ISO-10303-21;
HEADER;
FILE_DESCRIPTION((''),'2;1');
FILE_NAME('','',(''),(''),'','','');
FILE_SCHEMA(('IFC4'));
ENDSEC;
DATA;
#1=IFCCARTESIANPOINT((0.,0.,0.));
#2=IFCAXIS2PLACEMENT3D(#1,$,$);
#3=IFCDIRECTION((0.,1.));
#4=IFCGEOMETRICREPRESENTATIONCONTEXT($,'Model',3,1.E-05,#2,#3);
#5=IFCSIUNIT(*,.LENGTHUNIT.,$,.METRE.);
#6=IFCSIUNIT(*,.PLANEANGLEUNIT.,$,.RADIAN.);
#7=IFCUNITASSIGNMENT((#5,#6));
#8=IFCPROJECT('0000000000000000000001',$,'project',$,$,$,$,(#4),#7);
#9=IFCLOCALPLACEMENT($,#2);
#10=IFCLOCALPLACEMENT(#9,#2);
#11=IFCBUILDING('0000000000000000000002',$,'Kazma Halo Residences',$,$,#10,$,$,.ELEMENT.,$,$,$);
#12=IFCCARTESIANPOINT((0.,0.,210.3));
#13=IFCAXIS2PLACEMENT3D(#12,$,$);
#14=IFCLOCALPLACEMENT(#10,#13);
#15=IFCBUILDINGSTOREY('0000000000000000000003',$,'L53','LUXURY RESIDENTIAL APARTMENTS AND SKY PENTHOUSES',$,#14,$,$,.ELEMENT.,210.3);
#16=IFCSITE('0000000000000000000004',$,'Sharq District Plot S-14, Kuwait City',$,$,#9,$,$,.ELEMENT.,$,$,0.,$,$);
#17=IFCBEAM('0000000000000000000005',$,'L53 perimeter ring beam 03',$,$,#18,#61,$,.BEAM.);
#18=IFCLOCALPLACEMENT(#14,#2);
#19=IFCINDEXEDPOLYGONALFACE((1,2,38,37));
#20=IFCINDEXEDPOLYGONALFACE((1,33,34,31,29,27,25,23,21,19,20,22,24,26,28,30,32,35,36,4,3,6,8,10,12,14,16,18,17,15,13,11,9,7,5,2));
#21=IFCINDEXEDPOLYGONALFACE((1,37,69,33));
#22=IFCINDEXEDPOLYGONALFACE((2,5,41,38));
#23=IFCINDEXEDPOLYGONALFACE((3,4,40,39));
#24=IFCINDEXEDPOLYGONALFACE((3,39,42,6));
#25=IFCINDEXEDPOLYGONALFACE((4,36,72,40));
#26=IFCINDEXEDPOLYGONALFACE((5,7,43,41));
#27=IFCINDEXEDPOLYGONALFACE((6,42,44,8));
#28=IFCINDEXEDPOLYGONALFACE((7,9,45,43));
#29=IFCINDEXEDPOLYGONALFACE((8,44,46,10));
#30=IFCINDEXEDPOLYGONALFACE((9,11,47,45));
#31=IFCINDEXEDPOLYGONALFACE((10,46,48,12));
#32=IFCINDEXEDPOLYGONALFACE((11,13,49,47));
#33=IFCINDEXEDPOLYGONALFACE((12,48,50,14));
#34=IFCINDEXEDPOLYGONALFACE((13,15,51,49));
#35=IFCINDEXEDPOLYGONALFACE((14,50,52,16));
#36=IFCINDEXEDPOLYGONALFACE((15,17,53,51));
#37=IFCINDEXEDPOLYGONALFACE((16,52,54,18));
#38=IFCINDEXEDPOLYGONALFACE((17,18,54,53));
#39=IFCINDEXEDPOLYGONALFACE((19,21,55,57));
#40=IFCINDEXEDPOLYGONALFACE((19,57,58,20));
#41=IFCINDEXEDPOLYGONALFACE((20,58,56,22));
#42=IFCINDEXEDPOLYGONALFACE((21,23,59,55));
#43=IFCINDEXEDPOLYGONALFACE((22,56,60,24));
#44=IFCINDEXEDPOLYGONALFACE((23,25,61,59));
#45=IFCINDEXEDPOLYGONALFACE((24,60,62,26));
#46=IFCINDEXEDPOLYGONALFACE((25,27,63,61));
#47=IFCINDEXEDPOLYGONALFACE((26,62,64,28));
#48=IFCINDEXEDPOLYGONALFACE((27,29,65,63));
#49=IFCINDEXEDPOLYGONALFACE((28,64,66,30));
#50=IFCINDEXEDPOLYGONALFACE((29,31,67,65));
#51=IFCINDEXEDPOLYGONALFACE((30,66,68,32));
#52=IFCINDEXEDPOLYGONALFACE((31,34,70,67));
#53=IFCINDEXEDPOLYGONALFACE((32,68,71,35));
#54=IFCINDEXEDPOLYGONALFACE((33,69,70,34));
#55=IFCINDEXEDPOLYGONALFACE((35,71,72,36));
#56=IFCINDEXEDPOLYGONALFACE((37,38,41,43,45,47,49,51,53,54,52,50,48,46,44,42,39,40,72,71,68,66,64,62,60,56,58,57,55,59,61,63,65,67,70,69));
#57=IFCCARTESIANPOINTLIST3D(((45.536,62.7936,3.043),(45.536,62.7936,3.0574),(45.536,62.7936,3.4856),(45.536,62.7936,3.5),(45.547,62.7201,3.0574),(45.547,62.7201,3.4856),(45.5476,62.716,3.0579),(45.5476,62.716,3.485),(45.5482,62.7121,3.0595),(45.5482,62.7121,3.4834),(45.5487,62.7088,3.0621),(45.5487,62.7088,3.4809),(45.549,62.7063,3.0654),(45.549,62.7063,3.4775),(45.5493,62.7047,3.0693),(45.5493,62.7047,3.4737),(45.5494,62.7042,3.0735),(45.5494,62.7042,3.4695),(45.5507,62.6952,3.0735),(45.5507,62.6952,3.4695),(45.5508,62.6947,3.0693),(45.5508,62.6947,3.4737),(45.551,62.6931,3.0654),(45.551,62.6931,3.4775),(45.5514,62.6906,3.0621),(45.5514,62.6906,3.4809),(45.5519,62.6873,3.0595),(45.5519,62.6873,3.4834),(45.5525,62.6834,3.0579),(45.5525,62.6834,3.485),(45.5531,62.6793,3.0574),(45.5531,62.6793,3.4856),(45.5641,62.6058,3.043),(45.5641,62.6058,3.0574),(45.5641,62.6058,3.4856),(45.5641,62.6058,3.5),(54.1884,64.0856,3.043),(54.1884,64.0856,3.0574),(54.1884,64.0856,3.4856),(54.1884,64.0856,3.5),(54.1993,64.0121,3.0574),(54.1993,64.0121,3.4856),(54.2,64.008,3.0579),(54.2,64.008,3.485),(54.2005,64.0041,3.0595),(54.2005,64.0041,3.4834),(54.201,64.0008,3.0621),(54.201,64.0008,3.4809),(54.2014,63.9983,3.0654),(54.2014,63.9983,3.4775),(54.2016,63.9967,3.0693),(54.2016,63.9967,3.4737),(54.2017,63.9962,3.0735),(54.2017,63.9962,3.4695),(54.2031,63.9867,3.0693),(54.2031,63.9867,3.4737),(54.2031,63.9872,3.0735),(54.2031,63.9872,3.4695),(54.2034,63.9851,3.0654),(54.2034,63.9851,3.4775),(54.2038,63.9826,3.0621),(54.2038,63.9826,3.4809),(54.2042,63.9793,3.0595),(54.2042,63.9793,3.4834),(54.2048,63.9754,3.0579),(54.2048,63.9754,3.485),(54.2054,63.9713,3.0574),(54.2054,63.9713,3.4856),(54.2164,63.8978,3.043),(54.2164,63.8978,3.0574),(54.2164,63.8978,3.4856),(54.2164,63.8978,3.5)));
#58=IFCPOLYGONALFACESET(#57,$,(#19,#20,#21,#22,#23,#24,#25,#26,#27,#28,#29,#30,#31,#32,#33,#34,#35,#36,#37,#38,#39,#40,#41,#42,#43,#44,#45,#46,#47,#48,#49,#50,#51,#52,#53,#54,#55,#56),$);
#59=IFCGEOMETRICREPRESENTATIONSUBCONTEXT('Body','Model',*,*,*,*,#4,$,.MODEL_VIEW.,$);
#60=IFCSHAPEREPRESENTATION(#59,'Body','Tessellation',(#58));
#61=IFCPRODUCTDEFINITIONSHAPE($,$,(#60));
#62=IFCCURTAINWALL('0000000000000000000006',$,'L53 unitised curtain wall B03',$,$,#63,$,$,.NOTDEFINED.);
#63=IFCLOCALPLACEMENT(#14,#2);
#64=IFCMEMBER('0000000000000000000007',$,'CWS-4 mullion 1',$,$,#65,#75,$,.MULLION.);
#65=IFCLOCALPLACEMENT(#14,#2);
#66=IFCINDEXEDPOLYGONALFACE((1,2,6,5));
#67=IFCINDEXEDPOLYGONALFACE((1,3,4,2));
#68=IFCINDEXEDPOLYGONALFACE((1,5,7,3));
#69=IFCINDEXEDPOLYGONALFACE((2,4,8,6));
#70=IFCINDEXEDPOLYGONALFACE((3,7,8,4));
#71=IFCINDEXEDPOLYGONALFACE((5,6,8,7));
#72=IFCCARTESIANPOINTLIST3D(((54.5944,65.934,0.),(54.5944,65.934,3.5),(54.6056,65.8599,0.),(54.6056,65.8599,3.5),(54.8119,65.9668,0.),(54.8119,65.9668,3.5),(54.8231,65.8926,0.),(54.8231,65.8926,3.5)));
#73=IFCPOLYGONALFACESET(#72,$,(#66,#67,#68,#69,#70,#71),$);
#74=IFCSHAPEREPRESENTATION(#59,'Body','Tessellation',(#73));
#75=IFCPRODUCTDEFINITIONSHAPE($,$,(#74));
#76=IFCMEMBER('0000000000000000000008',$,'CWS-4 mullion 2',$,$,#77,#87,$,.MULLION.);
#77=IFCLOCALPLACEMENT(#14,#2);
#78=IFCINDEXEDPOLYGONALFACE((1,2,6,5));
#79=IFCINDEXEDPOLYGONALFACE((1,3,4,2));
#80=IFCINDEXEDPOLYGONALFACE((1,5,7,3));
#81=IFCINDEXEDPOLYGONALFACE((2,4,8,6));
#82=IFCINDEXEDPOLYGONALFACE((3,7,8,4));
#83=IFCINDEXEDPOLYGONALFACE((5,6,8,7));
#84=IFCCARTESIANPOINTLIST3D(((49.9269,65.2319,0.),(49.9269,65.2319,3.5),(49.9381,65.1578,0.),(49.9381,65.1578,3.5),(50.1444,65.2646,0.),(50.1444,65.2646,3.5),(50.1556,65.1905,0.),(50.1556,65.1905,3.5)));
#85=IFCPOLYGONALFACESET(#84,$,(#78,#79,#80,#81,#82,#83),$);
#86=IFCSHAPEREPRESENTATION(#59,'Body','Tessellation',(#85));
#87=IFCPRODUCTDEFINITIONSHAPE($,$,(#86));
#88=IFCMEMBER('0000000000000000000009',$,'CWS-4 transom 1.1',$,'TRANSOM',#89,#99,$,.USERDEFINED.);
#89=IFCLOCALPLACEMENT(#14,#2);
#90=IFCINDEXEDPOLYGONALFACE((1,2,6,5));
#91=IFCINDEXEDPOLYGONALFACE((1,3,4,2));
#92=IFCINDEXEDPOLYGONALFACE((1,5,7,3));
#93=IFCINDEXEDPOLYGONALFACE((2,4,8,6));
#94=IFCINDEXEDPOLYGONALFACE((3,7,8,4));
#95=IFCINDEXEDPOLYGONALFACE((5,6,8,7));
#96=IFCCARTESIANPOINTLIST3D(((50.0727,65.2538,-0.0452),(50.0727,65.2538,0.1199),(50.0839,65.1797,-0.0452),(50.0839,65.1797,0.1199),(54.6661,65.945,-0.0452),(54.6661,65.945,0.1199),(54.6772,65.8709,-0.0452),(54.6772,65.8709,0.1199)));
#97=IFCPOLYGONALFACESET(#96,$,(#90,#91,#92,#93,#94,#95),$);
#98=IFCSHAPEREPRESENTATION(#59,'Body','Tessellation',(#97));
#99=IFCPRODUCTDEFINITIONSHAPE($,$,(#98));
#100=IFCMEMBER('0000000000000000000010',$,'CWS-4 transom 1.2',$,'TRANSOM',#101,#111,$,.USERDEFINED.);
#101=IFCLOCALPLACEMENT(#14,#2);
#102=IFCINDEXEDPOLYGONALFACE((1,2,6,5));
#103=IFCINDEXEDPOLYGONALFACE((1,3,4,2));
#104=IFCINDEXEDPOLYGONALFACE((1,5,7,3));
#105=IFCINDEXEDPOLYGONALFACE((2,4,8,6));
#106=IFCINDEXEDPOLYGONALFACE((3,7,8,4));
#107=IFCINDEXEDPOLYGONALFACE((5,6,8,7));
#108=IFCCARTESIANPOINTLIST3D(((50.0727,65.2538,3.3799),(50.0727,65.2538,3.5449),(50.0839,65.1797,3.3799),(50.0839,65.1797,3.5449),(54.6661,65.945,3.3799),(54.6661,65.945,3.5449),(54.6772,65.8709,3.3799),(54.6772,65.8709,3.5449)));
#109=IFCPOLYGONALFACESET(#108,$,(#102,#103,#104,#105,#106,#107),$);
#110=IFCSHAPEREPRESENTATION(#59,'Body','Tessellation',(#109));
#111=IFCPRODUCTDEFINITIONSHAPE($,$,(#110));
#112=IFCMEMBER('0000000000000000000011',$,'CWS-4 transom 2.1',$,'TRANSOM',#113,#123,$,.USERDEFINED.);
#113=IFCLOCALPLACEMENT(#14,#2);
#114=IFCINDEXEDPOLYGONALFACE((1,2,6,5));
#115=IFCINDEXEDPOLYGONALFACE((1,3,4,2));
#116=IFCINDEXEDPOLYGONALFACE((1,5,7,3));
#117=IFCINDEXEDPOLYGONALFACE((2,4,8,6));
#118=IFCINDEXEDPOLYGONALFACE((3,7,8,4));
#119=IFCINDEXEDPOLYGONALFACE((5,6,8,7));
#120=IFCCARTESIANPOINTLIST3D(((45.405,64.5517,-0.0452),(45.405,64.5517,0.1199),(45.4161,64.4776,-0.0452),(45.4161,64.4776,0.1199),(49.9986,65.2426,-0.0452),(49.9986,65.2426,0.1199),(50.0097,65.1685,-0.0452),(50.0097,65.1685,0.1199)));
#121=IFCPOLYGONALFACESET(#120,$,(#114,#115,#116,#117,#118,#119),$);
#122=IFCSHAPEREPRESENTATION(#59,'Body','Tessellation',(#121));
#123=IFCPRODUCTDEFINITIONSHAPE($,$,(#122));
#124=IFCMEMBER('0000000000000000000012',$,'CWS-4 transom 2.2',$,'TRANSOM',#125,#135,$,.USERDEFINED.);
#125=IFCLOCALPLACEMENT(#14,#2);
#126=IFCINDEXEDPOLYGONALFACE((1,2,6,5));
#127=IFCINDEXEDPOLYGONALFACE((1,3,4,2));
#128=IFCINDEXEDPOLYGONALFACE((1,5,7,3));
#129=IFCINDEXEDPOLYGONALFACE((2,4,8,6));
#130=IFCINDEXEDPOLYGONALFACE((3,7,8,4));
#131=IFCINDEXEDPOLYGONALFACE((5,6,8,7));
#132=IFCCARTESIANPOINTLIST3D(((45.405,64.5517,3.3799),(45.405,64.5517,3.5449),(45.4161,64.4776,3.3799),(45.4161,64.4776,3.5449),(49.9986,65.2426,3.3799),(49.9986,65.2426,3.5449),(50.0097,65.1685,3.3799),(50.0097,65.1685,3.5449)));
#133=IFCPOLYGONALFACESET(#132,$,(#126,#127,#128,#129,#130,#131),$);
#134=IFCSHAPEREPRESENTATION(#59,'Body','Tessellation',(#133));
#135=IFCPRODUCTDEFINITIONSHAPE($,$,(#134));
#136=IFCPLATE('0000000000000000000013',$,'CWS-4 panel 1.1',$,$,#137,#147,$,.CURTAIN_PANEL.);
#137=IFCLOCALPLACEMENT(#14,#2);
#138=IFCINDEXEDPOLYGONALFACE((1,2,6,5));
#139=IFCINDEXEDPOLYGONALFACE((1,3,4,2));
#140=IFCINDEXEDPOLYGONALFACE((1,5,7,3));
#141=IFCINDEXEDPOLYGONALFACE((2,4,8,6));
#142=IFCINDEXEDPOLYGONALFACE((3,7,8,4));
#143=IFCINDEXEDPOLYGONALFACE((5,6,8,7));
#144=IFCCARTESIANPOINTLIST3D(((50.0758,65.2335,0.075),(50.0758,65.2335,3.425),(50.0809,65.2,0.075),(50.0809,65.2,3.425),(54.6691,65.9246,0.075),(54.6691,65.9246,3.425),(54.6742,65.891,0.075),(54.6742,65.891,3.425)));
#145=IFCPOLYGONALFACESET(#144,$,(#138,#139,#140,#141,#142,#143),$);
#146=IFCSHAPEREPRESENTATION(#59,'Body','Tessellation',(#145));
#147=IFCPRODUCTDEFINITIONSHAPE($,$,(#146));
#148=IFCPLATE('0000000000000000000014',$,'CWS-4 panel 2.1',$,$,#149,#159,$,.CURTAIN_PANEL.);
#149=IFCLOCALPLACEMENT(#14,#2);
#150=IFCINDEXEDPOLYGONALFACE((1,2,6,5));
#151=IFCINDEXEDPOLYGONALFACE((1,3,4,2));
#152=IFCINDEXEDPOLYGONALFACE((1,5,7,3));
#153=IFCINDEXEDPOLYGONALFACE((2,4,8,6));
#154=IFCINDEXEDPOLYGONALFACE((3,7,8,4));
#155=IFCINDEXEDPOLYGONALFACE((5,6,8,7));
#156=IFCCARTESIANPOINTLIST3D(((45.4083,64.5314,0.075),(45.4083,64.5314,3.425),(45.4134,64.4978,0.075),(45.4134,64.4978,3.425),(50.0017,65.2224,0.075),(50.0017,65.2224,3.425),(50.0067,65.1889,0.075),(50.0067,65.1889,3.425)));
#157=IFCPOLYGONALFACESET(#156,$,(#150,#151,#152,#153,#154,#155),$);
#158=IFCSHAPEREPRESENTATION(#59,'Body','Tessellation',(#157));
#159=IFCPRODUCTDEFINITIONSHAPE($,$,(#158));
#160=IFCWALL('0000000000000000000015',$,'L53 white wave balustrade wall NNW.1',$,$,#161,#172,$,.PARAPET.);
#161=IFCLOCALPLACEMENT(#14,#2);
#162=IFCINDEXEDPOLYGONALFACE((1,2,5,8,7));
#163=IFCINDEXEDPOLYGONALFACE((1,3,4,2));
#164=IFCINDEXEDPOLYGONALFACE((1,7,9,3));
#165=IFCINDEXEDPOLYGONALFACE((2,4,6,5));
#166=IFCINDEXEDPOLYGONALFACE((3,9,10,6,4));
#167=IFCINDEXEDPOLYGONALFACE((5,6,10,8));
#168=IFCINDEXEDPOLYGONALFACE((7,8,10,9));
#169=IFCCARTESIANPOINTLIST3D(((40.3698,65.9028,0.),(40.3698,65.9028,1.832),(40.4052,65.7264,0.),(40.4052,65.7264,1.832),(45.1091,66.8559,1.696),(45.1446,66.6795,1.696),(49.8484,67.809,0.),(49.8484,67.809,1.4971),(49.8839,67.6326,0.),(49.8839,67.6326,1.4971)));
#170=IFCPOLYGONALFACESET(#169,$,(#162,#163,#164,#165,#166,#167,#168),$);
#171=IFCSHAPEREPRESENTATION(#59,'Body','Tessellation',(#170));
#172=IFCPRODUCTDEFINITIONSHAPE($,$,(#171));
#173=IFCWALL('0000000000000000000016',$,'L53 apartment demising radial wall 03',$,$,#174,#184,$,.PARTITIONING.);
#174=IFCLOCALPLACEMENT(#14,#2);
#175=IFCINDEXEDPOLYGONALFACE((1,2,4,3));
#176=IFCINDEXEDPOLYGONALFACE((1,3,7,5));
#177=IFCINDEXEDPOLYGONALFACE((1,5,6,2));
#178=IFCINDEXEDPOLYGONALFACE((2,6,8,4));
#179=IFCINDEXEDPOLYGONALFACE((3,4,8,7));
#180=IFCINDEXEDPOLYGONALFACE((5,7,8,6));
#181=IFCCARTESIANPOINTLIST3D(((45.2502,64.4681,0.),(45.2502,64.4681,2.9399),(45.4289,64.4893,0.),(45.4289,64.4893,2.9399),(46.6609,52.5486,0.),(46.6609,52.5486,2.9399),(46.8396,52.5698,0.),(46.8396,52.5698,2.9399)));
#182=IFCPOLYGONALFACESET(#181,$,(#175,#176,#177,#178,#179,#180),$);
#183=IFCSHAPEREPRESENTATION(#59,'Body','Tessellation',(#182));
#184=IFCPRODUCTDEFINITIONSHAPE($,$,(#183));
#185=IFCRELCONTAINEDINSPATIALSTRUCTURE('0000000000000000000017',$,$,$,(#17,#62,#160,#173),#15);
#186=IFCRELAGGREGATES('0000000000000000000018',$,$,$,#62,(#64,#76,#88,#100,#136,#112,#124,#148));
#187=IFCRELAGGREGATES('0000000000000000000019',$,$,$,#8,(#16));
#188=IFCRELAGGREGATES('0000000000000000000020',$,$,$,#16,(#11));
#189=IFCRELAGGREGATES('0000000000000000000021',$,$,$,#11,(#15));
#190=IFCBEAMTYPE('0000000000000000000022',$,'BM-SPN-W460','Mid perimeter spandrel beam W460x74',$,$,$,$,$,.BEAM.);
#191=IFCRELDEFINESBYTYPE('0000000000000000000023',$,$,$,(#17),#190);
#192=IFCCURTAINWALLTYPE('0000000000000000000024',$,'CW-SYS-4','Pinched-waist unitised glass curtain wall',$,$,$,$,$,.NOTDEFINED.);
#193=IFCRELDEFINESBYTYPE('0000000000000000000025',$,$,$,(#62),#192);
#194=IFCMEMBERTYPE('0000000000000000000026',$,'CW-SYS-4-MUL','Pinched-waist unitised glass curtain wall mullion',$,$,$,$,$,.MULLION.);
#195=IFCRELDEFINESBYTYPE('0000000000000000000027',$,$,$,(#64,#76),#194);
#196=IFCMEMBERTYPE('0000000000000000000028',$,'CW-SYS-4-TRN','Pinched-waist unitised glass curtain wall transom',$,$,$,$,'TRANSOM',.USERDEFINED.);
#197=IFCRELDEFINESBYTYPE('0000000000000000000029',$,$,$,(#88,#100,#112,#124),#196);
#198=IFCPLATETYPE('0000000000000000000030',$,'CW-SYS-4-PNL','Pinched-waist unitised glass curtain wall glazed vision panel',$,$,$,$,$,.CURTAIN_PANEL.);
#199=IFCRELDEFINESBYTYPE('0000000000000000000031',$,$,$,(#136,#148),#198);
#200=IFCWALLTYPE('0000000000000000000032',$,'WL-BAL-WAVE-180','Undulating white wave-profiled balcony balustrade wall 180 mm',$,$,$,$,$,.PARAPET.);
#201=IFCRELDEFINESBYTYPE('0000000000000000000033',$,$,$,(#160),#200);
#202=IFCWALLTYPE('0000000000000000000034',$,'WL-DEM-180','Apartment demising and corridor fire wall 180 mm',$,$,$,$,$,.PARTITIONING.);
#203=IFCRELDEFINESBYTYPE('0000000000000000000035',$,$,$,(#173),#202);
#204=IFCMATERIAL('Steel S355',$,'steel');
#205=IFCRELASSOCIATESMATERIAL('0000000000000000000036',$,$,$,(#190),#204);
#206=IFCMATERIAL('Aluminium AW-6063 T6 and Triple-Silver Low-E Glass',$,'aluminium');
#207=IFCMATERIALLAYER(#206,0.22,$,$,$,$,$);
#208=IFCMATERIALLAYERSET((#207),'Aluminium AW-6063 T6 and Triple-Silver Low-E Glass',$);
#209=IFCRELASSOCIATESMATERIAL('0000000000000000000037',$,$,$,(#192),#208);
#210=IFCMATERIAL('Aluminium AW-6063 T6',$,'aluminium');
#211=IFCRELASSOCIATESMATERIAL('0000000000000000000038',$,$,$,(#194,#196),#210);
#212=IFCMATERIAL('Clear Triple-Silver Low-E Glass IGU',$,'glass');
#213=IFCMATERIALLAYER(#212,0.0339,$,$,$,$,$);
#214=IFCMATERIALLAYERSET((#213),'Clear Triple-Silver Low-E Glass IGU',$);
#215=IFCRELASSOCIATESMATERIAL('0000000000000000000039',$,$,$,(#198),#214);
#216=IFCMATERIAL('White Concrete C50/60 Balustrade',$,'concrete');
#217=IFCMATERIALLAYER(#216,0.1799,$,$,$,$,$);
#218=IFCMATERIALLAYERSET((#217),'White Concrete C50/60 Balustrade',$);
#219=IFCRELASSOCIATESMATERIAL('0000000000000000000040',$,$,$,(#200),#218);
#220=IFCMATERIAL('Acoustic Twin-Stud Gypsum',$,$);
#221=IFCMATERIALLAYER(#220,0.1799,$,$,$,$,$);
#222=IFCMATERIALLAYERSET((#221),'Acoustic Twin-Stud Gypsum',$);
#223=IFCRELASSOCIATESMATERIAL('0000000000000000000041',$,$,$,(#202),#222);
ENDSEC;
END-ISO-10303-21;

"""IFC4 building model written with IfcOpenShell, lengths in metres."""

from ifc_helpers import new_model, si_unit, direction, frame, frame_2d, origin, origin_2d, place, context, subcontext, project, spatial, polyline, rectangle, i_section, outline, extrude, material, layer, layer_set, material_profile, profile_set, type_object, element, aggregate, save


model = new_model("IFC4")

# Units and contexts
model_context = context("Model", 3, precision=1e-05, world=origin(), true_north=direction((0.0, 1.0)))
body_context = subcontext(model_context, "Body", "Model", "MODEL_VIEW")
ifc_project = project(units=[si_unit("LENGTHUNIT", "METRE"), si_unit("PLANEANGLEUNIT", "RADIAN")], contexts=[model_context])

# Site, building, storey
site_placement = place(None, origin())
site = spatial("IfcSite", under=ifc_project, at=site_placement, Name="Sharq District Plot S-14, Kuwait City", CompositionType="ELEMENT", RefElevation=0.0)
building_placement = place(site_placement, origin())
building = spatial("IfcBuilding", under=site, at=building_placement, Name="Kazma Halo Residences", CompositionType="ELEMENT")
storey_placement = place(building_placement, frame((0.0, 0.0, 210.3)))
storey = spatial("IfcBuildingStorey", under=building, at=storey_placement, Name="L53", Description="LUXURY RESIDENTIAL APARTMENTS AND SKY PENTHOUSES", CompositionType="ELEMENT", Elevation=210.3)

# Beam
ifc_material_1 = material(Name="Steel S355", Category="steel")
ifc_material_profile_1 = material_profile(ifc_material_1, i_section(OverallWidth=0.1899, OverallDepth=0.457, WebThickness=0.009, FlangeThickness=0.0144, FilletRadius=0.0161, at=origin_2d()), Name="W460x74")
ifc_profile_set_1 = profile_set([ifc_material_profile_1], Name="Steel S355")
beam_type_1 = type_object("IfcBeamType", Name="BM-SPN-W460", Description="Mid perimeter spandrel beam W460x74", PredefinedType="BEAM", material=ifc_profile_set_1)
beam_1_placement = place(storey_placement, frame((54.2024, 63.9917, 3.2715), z_axis=(-0.989034, -0.147685, 0.0), x_axis=(0.147685, -0.989034, 0.0)))
element("IfcBeam", 1, at=beam_1_placement, inside=storey, type_object=beam_type_1, Name="L53 perimeter ring beam 03", PredefinedType="BEAM", context=body_context, shape_type="SweptSolid", body=[
    extrude(i_section(OverallWidth=0.1899, OverallDepth=0.457, WebThickness=0.009, FlangeThickness=0.0144, FilletRadius=0.0161, at=origin_2d()), origin(), (0.0, 0.0, 1.0), 8.7483),
])

# Curtain wall, members, plates
ifc_material_2 = material(Name="Aluminium AW-6063 T6 and Triple-Silver Low-E Glass", Category="aluminium")
ifc_layer_1 = layer(ifc_material_2, 0.22)
ifc_layer_set_1 = layer_set([ifc_layer_1], Name="Aluminium AW-6063 T6 and Triple-Silver Low-E Glass")
curtain_wall_type = type_object("IfcCurtainWallType", Name="CW-SYS-4", Description="Pinched-waist unitised glass curtain wall", PredefinedType="NOTDEFINED", material=ifc_layer_set_1)
curtain_wall_placement = place(storey_placement, origin())
curtain_wall = element("IfcCurtainWall", 2, at=curtain_wall_placement, inside=storey, type_object=curtain_wall_type, Name="L53 unitised curtain wall B03", PredefinedType="NOTDEFINED")
ifc_material_3 = material(Name="Aluminium AW-6063 T6", Category="aluminium")
ifc_material_profile_2 = material_profile(ifc_material_3, rectangle(XDim=0.075, YDim=0.22, at=origin_2d()), Name="CWM-75x220")
ifc_profile_set_2 = profile_set([ifc_material_profile_2], Name="Aluminium AW-6063 T6")
member_type_1 = type_object("IfcMemberType", Name="CW-SYS-4-MUL", Description="Pinched-waist unitised glass curtain wall mullion", PredefinedType="MULLION", material=ifc_profile_set_2)
member_1_placement = place(storey_placement, frame((54.7087, 65.9133, 0.0), z_axis=(0.0, 0.0, 1.0), x_axis=(0.148773, -0.988871, 0.0)))
member_1 = element("IfcMember", 3, at=member_1_placement, type_object=member_type_1, Name="CWS-4 mullion 1", PredefinedType="MULLION", context=body_context, shape_type="SweptSolid", body=[
    extrude(rectangle(XDim=0.075, YDim=0.22, at=origin_2d()), origin(), (0.0, 0.0, 1.0), 3.5),
])
member_2_placement = place(storey_placement, frame((50.0413, 65.2112, 0.0), z_axis=(0.0, 0.0, 1.0), x_axis=(0.148773, -0.988871, 0.0)))
member_2 = element("IfcMember", 4, at=member_2_placement, type_object=member_type_1, Name="CWS-4 mullion 2", PredefinedType="MULLION", context=body_context, shape_type="SweptSolid", body=[
    extrude(rectangle(XDim=0.075, YDim=0.22, at=origin_2d()), origin(), (0.0, 0.0, 1.0), 3.5),
])
ifc_material_profile_3 = material_profile(ifc_material_3, rectangle(XDim=0.075, YDim=0.165, at=origin_2d()), Name="CWT-75x165")
ifc_profile_set_3 = profile_set([ifc_material_profile_3], Name="Aluminium AW-6063 T6")
member_type_2 = type_object("IfcMemberType", Name="CW-SYS-4-TRN", Description="Pinched-waist unitised glass curtain wall transom", ElementType="TRANSOM", PredefinedType="USERDEFINED", material=ifc_profile_set_3)
member_3_placement = place(storey_placement, frame((54.6716, 65.908, 0.0374), z_axis=(-0.988868, -0.148798, 0.0), x_axis=(0.148798, -0.988868, 0.0)))
member_3 = element("IfcMember", 5, at=member_3_placement, type_object=member_type_2, Name="CWS-4 transom 1.1", ObjectType="TRANSOM", PredefinedType="USERDEFINED", context=body_context, shape_type="SweptSolid", body=[
    extrude(rectangle(XDim=0.075, YDim=0.165, at=origin_2d()), origin(), (0.0, 0.0, 1.0), 4.645),
])
member_4_placement = place(storey_placement, frame((54.6716, 65.908, 3.4624), z_axis=(-0.988868, -0.148798, 0.0), x_axis=(0.148798, -0.988868, 0.0)))
member_4 = element("IfcMember", 6, at=member_4_placement, type_object=member_type_2, Name="CWS-4 transom 1.2", ObjectType="TRANSOM", PredefinedType="USERDEFINED", context=body_context, shape_type="SweptSolid", body=[
    extrude(rectangle(XDim=0.075, YDim=0.165, at=origin_2d()), origin(), (0.0, 0.0, 1.0), 4.645),
])
member_5_placement = place(storey_placement, frame((50.0042, 65.2056, 0.0374), z_axis=(-0.988877, -0.148739, 0.0), x_axis=(0.148739, -0.988877, 0.0)))
member_5 = element("IfcMember", 7, at=member_5_placement, type_object=member_type_2, Name="CWS-4 transom 2.1", ObjectType="TRANSOM", PredefinedType="USERDEFINED", context=body_context, shape_type="SweptSolid", body=[
    extrude(rectangle(XDim=0.075, YDim=0.165, at=origin_2d()), origin(), (0.0, 0.0, 1.0), 4.6453),
])
member_6_placement = place(storey_placement, frame((50.0042, 65.2056, 3.4624), z_axis=(-0.988877, -0.148739, 0.0), x_axis=(0.148739, -0.988877, 0.0)))
member_6 = element("IfcMember", 8, at=member_6_placement, type_object=member_type_2, Name="CWS-4 transom 2.2", ObjectType="TRANSOM", PredefinedType="USERDEFINED", context=body_context, shape_type="SweptSolid", body=[
    extrude(rectangle(XDim=0.075, YDim=0.165, at=origin_2d()), origin(), (0.0, 0.0, 1.0), 4.6453),
])
ifc_material_4 = material(Name="Clear Triple-Silver Low-E Glass IGU", Category="glass")
ifc_layer_2 = layer(ifc_material_4, 0.0339)
ifc_layer_set_2 = layer_set([ifc_layer_2], Name="Clear Triple-Silver Low-E Glass IGU")
plate_type = type_object("IfcPlateType", Name="CW-SYS-4-PNL", Description="Pinched-waist unitised glass curtain wall glazed vision panel", PredefinedType="CURTAIN_PANEL", material=ifc_layer_set_2)
plate_1_placement = place(storey_placement, frame((52.375, 65.5623, 0.075), z_axis=(0.0, 0.0, 1.0), x_axis=(-0.988871, -0.148773, 0.0)))
plate_1 = element("IfcPlate", 9, at=plate_1_placement, type_object=plate_type, Name="CWS-4 panel 1.1", PredefinedType="CURTAIN_PANEL", context=body_context, shape_type="SweptSolid", body=[
    extrude(rectangle(XDim=4.645, YDim=0.0339, at=origin_2d()), origin(), (0.0, 0.0, 1.0), 3.3501),
])
plate_2_placement = place(storey_placement, frame((47.7075, 64.8601, 0.075), z_axis=(0.0, 0.0, 1.0), x_axis=(-0.988871, -0.148773, 0.0)))
plate_2 = element("IfcPlate", 10, at=plate_2_placement, type_object=plate_type, Name="CWS-4 panel 2.1", PredefinedType="CURTAIN_PANEL", context=body_context, shape_type="SweptSolid", body=[
    extrude(rectangle(XDim=4.645, YDim=0.0339, at=origin_2d()), origin(), (0.0, 0.0, 1.0), 3.3501),
])
aggregate(curtain_wall, [member_1, member_2, member_3, member_4, plate_1, member_5, member_6, plate_2])

# Walls
ifc_material_5 = material(Name="White Concrete C50/60 Balustrade", Category="concrete")
ifc_layer_3 = layer(ifc_material_5, 0.1799)
ifc_layer_set_3 = layer_set([ifc_layer_3], Name="White Concrete C50/60 Balustrade")
wall_type_1 = type_object("IfcWallType", Name="WL-BAL-WAVE-180", Description="Undulating white wave-profiled balcony balustrade wall 180 mm", PredefinedType="PARAPET", material=ifc_layer_set_3)
wall_1_placement = place(storey_placement, frame((49.8662, 67.7207, 0.0), z_axis=(0.0, 0.0, 1.0), x_axis=(-0.980371, -0.19716, 0.0)))
element("IfcWall", 11, at=wall_1_placement, inside=storey, type_object=wall_type_1, Name="L53 white wave balustrade wall NNW.1", PredefinedType="PARAPET", context=body_context, shape_type="SweptSolid", body=[
    extrude(outline(polyline([(0.0, 0.0), (9.6685, 0.0), (9.6685, 1.832), (4.8342, 1.696), (0.0, 1.4971), (0.0, 0.0)])), frame((0.0, 0.0898, 0.0), z_axis=(0.0, -1.0, 0.0), x_axis=(1.0, 0.0, 0.0)), (0.0, 0.0, 1.0), 0.1799),
])
ifc_material_6 = material(Name="Acoustic Twin-Stud Gypsum")
ifc_layer_4 = layer(ifc_material_6, 0.1799)
ifc_layer_set_4 = layer_set([ifc_layer_4], Name="Acoustic Twin-Stud Gypsum")
wall_type_2 = type_object("IfcWallType", Name="WL-DEM-180", Description="Apartment demising and corridor fire wall 180 mm", PredefinedType="PARTITIONING", material=ifc_layer_set_4)
wall_2_placement = place(storey_placement, frame((46.7502, 52.5591, 0.0), z_axis=(0.0, 0.0, 1.0), x_axis=(-0.117528, 0.99307, 0.0)))
element("IfcWall", 12, at=wall_2_placement, inside=storey, type_object=wall_type_2, Name="L53 apartment demising radial wall 03", PredefinedType="PARTITIONING", context=body_context, shape_type="SweptSolid", body=[
    extrude(rectangle(XDim=12.0027, YDim=0.1799, at=frame_2d((6.0015, 0.0))), origin(), (0.0, 0.0, 1.0), 2.9399),
])

save(model, "model.ifc")
